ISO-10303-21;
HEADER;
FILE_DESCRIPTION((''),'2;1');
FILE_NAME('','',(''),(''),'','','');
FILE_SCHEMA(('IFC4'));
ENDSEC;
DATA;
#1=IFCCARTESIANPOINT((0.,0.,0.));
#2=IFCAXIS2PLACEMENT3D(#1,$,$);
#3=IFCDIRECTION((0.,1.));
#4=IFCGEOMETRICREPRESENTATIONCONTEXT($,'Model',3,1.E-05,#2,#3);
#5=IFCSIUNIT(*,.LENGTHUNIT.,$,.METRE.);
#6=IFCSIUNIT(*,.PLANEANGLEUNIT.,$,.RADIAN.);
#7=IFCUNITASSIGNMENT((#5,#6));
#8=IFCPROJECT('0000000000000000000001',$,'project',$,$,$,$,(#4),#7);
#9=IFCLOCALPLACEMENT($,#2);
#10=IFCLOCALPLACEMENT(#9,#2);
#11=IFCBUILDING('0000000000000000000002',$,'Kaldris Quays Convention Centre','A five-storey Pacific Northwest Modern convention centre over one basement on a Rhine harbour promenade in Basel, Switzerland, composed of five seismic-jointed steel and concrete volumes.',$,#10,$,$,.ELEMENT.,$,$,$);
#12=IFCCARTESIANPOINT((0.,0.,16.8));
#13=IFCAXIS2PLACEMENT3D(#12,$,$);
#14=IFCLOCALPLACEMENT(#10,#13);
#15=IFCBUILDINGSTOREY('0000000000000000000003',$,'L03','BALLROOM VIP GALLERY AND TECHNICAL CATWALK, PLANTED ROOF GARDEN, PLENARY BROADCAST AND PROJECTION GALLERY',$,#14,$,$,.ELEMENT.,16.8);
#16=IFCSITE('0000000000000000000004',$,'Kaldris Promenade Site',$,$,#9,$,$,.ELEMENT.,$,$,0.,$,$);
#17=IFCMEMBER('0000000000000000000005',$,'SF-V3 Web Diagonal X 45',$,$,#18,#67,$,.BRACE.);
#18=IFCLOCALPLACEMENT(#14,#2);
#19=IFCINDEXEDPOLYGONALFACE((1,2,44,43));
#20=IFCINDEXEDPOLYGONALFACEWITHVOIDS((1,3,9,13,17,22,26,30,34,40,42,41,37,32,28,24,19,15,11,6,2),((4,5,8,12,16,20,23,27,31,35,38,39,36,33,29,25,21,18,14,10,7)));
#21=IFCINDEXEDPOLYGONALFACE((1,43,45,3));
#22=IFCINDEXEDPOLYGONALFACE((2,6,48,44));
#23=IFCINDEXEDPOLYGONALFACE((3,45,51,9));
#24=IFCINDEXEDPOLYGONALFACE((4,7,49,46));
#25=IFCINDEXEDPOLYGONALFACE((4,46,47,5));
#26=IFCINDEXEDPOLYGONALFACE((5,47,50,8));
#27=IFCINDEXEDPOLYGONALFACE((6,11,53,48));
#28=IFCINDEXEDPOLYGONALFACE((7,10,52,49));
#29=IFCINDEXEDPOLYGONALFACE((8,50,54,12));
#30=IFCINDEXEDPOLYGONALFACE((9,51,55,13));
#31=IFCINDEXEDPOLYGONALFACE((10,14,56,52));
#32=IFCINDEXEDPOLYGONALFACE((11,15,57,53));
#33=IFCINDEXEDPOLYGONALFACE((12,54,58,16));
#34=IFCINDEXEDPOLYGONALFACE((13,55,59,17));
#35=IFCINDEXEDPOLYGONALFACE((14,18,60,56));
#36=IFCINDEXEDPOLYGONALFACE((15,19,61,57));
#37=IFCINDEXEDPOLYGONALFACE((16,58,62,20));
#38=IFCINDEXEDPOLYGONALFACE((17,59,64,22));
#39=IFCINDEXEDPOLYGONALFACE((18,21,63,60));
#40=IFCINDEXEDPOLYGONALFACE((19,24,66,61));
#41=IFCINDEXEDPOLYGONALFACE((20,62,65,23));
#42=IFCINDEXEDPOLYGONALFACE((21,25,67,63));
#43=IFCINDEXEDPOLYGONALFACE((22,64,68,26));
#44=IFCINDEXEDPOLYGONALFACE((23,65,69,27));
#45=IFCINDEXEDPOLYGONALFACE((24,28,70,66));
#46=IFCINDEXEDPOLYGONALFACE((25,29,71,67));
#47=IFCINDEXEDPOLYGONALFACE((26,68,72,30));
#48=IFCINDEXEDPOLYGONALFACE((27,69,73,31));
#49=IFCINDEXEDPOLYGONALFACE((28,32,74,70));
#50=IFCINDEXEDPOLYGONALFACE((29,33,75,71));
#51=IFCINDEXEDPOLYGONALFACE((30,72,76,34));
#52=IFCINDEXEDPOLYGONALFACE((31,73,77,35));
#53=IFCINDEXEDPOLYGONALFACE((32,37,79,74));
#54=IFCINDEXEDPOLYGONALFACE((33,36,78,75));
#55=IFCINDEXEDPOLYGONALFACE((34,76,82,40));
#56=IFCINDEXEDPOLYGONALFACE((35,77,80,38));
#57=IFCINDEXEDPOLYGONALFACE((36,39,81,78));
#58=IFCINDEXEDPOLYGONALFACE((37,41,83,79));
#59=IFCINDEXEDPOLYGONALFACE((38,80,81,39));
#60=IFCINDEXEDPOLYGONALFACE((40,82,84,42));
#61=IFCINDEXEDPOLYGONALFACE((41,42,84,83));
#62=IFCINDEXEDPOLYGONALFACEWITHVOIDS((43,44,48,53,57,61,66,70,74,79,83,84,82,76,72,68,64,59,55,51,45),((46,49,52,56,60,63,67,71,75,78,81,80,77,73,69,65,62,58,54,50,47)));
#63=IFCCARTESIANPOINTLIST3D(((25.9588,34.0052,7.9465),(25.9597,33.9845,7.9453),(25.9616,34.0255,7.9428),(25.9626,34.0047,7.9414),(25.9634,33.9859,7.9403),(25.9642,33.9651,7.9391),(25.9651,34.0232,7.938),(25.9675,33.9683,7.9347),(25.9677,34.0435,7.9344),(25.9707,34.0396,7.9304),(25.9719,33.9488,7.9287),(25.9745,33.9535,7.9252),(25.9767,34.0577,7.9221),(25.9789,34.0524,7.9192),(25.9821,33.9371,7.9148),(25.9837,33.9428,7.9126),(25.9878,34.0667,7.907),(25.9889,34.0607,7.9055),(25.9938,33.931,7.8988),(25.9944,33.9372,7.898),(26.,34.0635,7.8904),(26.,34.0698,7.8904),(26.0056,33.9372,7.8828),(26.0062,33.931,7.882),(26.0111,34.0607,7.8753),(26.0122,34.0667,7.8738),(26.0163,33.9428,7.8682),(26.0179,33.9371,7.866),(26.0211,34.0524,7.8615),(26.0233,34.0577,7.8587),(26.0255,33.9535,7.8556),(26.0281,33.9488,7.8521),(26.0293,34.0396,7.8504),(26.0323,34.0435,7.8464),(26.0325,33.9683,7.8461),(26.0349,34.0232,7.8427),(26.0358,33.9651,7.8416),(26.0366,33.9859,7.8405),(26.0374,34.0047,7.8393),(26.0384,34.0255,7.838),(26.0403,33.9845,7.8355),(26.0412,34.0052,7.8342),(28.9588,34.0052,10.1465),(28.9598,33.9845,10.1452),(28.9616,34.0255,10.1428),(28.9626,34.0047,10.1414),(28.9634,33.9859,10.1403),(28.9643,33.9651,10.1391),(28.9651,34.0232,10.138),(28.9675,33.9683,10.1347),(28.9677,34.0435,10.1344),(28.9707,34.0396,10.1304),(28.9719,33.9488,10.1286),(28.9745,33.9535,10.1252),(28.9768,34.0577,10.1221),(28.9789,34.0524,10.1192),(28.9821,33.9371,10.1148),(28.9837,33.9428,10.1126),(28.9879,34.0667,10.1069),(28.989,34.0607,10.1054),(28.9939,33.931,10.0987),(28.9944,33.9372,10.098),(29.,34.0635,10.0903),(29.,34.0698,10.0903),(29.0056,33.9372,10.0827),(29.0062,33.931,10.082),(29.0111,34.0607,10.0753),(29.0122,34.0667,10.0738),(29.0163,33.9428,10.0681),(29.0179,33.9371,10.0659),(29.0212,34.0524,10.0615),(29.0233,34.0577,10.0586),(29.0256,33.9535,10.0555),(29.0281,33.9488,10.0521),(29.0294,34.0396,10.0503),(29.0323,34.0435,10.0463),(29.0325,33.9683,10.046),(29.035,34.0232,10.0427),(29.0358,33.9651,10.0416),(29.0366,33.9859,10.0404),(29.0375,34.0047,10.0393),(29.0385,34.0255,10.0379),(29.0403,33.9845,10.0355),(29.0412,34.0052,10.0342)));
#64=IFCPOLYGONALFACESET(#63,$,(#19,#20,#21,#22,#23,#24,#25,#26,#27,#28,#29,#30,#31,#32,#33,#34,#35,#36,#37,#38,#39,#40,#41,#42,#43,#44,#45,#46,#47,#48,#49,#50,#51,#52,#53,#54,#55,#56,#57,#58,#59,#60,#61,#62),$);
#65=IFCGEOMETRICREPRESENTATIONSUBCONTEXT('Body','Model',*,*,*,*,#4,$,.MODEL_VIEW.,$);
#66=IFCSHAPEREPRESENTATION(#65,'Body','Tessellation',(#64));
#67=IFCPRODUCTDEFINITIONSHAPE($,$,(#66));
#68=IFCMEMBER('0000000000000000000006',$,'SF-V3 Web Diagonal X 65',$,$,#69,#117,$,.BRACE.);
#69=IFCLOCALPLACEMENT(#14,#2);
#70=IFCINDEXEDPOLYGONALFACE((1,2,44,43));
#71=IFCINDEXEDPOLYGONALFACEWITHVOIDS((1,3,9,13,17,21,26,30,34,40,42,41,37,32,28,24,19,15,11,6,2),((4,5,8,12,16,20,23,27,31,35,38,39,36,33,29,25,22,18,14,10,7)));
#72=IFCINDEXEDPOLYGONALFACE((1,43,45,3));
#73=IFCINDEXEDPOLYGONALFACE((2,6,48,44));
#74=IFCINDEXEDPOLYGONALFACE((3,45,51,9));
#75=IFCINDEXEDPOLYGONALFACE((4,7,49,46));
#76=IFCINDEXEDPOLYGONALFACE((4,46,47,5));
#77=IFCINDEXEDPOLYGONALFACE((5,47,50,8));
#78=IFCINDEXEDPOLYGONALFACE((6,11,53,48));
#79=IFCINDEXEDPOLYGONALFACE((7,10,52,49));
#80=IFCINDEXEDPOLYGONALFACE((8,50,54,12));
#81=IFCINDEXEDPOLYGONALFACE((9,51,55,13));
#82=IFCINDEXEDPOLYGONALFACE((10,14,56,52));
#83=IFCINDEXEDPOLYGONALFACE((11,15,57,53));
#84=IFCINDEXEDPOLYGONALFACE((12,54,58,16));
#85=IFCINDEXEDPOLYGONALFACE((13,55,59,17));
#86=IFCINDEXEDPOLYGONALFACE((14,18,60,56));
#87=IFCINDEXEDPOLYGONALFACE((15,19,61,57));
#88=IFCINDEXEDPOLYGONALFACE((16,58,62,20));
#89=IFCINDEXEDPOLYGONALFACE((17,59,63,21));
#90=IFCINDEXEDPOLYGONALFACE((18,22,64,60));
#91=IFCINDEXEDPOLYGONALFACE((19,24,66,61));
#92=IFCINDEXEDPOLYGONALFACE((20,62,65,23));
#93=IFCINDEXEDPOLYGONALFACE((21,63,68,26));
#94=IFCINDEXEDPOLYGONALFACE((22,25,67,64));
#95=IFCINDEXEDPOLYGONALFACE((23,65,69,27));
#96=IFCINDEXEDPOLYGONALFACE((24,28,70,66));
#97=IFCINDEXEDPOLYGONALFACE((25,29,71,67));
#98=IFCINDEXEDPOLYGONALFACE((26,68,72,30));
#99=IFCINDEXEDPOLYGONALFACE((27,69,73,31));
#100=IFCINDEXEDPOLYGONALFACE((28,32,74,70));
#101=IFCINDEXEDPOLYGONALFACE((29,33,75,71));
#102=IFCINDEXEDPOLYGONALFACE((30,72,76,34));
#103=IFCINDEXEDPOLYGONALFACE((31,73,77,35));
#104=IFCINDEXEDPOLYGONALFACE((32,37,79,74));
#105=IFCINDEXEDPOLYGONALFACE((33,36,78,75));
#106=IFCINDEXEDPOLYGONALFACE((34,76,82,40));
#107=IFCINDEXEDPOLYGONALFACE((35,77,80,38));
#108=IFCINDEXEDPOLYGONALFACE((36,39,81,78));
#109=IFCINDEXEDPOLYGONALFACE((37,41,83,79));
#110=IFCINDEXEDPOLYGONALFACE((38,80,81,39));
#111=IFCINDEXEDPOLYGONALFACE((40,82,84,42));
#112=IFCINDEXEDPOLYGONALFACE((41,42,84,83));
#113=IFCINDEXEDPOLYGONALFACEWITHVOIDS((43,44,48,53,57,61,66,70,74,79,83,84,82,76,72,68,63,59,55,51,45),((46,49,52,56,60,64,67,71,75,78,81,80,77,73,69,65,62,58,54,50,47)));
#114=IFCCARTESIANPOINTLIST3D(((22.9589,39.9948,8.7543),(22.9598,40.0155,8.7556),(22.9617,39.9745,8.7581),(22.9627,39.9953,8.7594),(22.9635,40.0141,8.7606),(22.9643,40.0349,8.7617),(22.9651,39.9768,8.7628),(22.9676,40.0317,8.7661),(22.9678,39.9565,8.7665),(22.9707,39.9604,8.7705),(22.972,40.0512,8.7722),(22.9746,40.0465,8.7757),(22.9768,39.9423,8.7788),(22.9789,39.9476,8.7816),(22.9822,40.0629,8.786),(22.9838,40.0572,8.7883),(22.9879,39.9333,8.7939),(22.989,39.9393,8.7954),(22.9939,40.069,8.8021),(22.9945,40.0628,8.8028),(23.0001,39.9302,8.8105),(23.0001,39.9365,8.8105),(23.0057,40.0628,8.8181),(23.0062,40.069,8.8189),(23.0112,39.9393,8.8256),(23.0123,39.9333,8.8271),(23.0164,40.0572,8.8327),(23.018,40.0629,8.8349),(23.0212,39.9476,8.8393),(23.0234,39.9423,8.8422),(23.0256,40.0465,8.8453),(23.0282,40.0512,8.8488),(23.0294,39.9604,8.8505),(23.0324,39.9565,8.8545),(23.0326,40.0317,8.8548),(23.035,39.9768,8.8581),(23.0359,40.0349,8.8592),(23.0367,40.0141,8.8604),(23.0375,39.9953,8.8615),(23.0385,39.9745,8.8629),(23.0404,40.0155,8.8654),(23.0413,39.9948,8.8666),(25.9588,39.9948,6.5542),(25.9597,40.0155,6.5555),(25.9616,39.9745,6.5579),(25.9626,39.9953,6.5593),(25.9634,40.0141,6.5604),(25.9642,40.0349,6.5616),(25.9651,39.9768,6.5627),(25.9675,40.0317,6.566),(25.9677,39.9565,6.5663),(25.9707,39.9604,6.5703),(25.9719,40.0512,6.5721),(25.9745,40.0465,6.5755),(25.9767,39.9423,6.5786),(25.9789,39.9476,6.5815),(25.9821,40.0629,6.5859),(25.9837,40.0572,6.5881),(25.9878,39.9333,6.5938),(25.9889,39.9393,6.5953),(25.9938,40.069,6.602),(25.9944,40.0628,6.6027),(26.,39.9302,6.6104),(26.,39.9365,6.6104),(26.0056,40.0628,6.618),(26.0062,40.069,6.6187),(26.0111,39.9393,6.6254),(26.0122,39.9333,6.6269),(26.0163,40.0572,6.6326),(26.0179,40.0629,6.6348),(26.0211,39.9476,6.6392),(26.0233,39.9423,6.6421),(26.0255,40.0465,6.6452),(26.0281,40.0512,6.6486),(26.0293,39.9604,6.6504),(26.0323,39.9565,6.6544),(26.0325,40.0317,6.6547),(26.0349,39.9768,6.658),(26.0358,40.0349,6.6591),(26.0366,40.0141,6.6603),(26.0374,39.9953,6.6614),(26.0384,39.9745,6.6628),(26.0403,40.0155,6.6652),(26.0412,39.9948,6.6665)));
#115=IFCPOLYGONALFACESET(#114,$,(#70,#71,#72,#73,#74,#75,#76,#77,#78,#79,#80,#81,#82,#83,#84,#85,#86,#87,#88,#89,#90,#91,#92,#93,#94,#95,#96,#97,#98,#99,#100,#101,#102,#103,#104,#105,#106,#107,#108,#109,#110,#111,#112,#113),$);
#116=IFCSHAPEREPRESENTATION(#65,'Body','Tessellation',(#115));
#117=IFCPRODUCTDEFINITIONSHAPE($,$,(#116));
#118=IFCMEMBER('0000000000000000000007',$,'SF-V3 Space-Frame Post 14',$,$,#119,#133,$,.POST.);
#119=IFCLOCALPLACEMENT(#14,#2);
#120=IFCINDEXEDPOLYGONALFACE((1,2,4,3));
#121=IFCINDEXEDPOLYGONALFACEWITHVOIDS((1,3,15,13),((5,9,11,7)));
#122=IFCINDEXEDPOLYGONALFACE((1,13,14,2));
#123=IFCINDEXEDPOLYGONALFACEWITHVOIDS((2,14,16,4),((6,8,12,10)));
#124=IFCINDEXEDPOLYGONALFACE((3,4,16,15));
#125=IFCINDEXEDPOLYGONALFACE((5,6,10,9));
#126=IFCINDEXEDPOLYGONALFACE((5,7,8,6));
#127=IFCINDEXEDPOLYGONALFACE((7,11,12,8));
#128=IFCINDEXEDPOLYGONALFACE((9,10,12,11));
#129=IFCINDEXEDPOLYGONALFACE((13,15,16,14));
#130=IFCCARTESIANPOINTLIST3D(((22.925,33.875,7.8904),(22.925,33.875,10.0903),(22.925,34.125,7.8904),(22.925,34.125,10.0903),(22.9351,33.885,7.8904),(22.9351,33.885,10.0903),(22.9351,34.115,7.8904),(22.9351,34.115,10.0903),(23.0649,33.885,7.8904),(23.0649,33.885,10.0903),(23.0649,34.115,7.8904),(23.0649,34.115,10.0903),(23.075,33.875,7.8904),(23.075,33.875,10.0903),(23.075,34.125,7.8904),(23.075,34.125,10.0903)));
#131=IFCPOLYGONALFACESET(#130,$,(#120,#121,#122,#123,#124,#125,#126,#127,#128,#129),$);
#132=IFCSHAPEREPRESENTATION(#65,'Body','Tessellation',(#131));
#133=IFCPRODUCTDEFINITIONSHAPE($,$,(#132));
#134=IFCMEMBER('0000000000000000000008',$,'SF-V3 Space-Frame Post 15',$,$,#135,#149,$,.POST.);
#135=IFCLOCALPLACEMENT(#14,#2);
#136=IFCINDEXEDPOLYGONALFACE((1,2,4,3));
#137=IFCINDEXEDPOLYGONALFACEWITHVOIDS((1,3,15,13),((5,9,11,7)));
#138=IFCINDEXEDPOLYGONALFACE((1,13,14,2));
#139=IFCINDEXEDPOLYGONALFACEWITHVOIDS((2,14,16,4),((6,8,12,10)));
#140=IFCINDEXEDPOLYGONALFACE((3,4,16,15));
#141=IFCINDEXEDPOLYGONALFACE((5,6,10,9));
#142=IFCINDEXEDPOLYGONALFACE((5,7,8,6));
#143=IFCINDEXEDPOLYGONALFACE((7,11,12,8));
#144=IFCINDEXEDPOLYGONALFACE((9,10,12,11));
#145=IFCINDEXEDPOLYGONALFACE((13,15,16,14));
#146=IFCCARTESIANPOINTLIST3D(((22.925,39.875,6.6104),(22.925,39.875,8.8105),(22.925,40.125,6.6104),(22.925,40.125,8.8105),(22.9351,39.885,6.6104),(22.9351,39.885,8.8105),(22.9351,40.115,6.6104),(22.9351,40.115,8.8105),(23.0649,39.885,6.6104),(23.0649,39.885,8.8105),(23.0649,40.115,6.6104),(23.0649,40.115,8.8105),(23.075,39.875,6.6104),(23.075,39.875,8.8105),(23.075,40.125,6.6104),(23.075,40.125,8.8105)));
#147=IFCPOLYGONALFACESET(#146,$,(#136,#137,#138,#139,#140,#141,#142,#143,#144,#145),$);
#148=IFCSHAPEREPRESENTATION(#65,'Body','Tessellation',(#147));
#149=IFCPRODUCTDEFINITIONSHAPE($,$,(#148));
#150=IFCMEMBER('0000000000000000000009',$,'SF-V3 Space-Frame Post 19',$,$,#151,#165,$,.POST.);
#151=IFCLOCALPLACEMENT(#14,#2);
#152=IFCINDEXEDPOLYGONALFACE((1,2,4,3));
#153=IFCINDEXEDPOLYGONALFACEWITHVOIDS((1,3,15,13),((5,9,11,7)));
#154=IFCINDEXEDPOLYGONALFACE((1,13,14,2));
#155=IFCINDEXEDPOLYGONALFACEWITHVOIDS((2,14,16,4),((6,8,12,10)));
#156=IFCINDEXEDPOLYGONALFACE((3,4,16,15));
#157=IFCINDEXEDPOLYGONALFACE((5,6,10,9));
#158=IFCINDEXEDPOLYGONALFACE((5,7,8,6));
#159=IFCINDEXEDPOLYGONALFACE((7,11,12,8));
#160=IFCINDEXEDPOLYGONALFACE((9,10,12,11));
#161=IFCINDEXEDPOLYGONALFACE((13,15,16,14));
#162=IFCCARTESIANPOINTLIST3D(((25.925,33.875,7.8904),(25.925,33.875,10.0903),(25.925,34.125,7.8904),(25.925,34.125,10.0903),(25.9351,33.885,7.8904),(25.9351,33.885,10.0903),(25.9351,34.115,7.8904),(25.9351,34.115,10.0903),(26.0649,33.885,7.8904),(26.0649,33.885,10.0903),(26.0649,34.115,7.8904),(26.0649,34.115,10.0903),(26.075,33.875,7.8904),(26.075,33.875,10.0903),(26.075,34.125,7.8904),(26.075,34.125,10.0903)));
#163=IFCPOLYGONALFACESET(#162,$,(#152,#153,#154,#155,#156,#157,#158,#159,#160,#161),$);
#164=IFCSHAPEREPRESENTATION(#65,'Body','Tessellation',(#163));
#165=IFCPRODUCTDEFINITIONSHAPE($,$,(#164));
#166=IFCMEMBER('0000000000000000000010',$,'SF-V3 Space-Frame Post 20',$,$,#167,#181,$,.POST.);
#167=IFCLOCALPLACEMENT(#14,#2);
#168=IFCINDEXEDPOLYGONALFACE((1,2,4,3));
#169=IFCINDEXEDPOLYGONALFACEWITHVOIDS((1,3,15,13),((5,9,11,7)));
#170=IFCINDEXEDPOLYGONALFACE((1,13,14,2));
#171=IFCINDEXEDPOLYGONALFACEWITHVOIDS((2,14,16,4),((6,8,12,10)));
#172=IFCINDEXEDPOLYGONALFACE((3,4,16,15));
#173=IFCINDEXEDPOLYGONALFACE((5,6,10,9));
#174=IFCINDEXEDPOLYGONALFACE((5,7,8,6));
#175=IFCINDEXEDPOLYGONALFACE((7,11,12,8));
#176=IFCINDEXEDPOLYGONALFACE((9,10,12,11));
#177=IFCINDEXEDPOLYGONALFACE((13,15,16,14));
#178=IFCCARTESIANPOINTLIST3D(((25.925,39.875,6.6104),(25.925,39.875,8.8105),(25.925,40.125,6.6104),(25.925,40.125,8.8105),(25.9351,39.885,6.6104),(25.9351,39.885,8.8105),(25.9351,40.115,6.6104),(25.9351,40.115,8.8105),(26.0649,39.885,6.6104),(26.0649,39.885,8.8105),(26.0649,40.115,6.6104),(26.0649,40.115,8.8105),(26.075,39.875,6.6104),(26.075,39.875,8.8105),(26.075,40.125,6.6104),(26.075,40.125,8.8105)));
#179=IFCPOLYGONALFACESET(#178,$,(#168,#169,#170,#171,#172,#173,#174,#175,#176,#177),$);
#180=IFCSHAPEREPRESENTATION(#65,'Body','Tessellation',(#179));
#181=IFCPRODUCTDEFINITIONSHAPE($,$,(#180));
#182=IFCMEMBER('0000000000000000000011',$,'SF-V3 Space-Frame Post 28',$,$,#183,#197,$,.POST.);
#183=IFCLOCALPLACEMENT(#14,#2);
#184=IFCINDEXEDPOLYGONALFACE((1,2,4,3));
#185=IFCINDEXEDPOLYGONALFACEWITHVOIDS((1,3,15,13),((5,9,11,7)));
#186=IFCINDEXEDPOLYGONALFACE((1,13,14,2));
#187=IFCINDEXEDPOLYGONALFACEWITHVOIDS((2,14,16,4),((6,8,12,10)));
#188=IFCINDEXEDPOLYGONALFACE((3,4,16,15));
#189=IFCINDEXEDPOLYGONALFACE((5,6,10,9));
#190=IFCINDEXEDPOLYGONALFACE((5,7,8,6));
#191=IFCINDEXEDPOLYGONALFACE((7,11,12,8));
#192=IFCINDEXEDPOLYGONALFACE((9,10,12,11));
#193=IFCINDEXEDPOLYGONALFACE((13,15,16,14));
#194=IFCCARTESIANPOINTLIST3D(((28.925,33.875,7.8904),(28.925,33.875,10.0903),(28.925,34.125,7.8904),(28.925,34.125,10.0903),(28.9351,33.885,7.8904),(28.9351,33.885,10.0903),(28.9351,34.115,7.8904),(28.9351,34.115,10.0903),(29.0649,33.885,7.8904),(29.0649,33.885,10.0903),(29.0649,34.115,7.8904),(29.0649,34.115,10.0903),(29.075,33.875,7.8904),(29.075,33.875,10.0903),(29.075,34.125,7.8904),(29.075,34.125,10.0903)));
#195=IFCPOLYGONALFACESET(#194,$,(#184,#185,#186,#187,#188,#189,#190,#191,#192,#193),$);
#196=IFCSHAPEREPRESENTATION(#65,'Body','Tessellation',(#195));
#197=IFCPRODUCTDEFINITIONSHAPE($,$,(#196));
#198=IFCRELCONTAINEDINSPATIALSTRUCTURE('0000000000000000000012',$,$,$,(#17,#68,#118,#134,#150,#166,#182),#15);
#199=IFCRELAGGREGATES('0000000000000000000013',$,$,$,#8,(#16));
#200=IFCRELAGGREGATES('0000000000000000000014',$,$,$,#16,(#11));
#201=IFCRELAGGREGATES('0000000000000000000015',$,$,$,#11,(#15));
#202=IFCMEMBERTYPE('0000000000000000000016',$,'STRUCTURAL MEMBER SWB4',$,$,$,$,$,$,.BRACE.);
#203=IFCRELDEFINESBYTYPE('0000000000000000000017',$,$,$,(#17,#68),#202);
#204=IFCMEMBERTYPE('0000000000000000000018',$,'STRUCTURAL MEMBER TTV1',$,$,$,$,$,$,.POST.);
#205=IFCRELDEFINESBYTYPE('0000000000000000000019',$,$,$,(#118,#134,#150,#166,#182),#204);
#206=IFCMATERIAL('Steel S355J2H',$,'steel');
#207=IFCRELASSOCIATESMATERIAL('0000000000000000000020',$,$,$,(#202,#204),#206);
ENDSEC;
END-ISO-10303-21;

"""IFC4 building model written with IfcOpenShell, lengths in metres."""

from ifc_helpers import new_model, si_unit, direction, frame, origin, origin_2d, place, context, subcontext, project, spatial, hollow_rectangle, hollow_circle, extrude, material, material_profile, profile_set, type_object, element, save


model = new_model("IFC4")

# Units and contexts
model_context = context("Model", 3, precision=1e-05, world=origin(), true_north=direction((0.0, 1.0)))
body_context = subcontext(model_context, "Body", "Model", "MODEL_VIEW")
ifc_project = project(units=[si_unit("LENGTHUNIT", "METRE"), si_unit("PLANEANGLEUNIT", "RADIAN")], contexts=[model_context])

# Site, building, storey
site_placement = place(None, origin())
site = spatial("IfcSite", under=ifc_project, at=site_placement, Name="Kaldris Promenade Site", CompositionType="ELEMENT", RefElevation=0.0)
building_placement = place(site_placement, origin())
building = spatial("IfcBuilding", under=site, at=building_placement, Name="Kaldris Quays Convention Centre", Description="A five-storey Pacific Northwest Modern convention centre over one basement on a Rhine harbour promenade in Basel, Switzerland, composed of five seismic-jointed steel and concrete volumes.", CompositionType="ELEMENT")
storey_placement = place(building_placement, frame((0.0, 0.0, 16.8)))
storey = spatial("IfcBuildingStorey", under=building, at=storey_placement, Name="L03", Description="BALLROOM VIP GALLERY AND TECHNICAL CATWALK, PLANTED ROOF GARDEN, PLENARY BROADCAST AND PROJECTION GALLERY", CompositionType="ELEMENT", Elevation=16.8)

# Members
ifc_material_1 = material(Name="Steel S355J2H", Category="steel")
ifc_material_profile_1 = material_profile(ifc_material_1, hollow_circle(Radius=0.0698, WallThickness=0.0063, at=origin_2d()), Name="CHS 139.7x6.3")
ifc_profile_set_1 = profile_set([ifc_material_profile_1], Name="Steel S355J2H")
member_type_1 = type_object("IfcMemberType", Name="STRUCTURAL MEMBER SWB4", PredefinedType="BRACE", material=ifc_profile_set_1)
for number, where, z_axis, x_axis, name in (
    (1, (26.0, 34.0, 7.8904), (0.806411, 0.0, 0.591355), (0.0, 1.0, 0.0), "SF-V3 Web Diagonal X 45"),
    (2, (26.0, 40.0, 6.6104), (-0.80638, 0.0, 0.591398), (0.0, -1.0, 0.0), "SF-V3 Web Diagonal X 65"),
):
    element("IfcMember", number, at=place(storey_placement, frame(where, z_axis=z_axis, x_axis=x_axis)), inside=storey, type_object=member_type_1, Name=name, PredefinedType="BRACE", context=body_context, shape_type="SweptSolid", body=[
        extrude(hollow_circle(Radius=0.0698, WallThickness=0.0063, at=origin_2d()), origin(), (0.0, 0.0, 1.0), 3.7202),
    ])
ifc_material_profile_2 = material_profile(ifc_material_1, hollow_rectangle(XDim=0.1499, YDim=0.25, WallThickness=0.01, at=origin_2d()), Name="RHS 250x150x10")
ifc_profile_set_2 = profile_set([ifc_material_profile_2], Name="Steel S355J2H")
member_type_2 = type_object("IfcMemberType", Name="STRUCTURAL MEMBER TTV1", PredefinedType="POST", material=ifc_profile_set_2)
member_1_placement = place(storey_placement, frame((23.0, 34.0, 7.8904), z_axis=(0.0, 0.0, 1.0), x_axis=(1.0, 0.0, 0.0)))
element("IfcMember", 3, at=member_1_placement, inside=storey, type_object=member_type_2, Name="SF-V3 Space-Frame Post 14", PredefinedType="POST", context=body_context, shape_type="SweptSolid", body=[
    extrude(hollow_rectangle(XDim=0.1499, YDim=0.25, WallThickness=0.01, at=origin_2d()), origin(), (0.0, 0.0, 1.0), 2.2),
])
member_2_placement = place(storey_placement, frame((23.0, 40.0, 6.6104), z_axis=(0.0, 0.0, 1.0), x_axis=(1.0, 0.0, 0.0)))
element("IfcMember", 4, at=member_2_placement, inside=storey, type_object=member_type_2, Name="SF-V3 Space-Frame Post 15", PredefinedType="POST", context=body_context, shape_type="SweptSolid", body=[
    extrude(hollow_rectangle(XDim=0.1499, YDim=0.25, WallThickness=0.01, at=origin_2d()), origin(), (0.0, 0.0, 1.0), 2.2002),
])
member_3_placement = place(storey_placement, frame((26.0, 34.0, 7.8904), z_axis=(0.0, 0.0, 1.0), x_axis=(1.0, 0.0, 0.0)))
element("IfcMember", 5, at=member_3_placement, inside=storey, type_object=member_type_2, Name="SF-V3 Space-Frame Post 19", PredefinedType="POST", context=body_context, shape_type="SweptSolid", body=[
    extrude(hollow_rectangle(XDim=0.1499, YDim=0.25, WallThickness=0.01, at=origin_2d()), origin(), (0.0, 0.0, 1.0), 2.2),
])
member_4_placement = place(storey_placement, frame((26.0, 40.0, 6.6104), z_axis=(0.0, 0.0, 1.0), x_axis=(1.0, 0.0, 0.0)))
element("IfcMember", 6, at=member_4_placement, inside=storey, type_object=member_type_2, Name="SF-V3 Space-Frame Post 20", PredefinedType="POST", context=body_context, shape_type="SweptSolid", body=[
    extrude(hollow_rectangle(XDim=0.1499, YDim=0.25, WallThickness=0.01, at=origin_2d()), origin(), (0.0, 0.0, 1.0), 2.2002),
])
member_5_placement = place(storey_placement, frame((29.0, 34.0, 7.8904), z_axis=(0.0, 0.0, 1.0), x_axis=(1.0, 0.0, 0.0)))
element("IfcMember", 7, at=member_5_placement, inside=storey, type_object=member_type_2, Name="SF-V3 Space-Frame Post 28", PredefinedType="POST", context=body_context, shape_type="SweptSolid", body=[
    extrude(hollow_rectangle(XDim=0.1499, YDim=0.25, WallThickness=0.01, at=origin_2d()), origin(), (0.0, 0.0, 1.0), 2.2),
])

save(model, "model.ifc")
